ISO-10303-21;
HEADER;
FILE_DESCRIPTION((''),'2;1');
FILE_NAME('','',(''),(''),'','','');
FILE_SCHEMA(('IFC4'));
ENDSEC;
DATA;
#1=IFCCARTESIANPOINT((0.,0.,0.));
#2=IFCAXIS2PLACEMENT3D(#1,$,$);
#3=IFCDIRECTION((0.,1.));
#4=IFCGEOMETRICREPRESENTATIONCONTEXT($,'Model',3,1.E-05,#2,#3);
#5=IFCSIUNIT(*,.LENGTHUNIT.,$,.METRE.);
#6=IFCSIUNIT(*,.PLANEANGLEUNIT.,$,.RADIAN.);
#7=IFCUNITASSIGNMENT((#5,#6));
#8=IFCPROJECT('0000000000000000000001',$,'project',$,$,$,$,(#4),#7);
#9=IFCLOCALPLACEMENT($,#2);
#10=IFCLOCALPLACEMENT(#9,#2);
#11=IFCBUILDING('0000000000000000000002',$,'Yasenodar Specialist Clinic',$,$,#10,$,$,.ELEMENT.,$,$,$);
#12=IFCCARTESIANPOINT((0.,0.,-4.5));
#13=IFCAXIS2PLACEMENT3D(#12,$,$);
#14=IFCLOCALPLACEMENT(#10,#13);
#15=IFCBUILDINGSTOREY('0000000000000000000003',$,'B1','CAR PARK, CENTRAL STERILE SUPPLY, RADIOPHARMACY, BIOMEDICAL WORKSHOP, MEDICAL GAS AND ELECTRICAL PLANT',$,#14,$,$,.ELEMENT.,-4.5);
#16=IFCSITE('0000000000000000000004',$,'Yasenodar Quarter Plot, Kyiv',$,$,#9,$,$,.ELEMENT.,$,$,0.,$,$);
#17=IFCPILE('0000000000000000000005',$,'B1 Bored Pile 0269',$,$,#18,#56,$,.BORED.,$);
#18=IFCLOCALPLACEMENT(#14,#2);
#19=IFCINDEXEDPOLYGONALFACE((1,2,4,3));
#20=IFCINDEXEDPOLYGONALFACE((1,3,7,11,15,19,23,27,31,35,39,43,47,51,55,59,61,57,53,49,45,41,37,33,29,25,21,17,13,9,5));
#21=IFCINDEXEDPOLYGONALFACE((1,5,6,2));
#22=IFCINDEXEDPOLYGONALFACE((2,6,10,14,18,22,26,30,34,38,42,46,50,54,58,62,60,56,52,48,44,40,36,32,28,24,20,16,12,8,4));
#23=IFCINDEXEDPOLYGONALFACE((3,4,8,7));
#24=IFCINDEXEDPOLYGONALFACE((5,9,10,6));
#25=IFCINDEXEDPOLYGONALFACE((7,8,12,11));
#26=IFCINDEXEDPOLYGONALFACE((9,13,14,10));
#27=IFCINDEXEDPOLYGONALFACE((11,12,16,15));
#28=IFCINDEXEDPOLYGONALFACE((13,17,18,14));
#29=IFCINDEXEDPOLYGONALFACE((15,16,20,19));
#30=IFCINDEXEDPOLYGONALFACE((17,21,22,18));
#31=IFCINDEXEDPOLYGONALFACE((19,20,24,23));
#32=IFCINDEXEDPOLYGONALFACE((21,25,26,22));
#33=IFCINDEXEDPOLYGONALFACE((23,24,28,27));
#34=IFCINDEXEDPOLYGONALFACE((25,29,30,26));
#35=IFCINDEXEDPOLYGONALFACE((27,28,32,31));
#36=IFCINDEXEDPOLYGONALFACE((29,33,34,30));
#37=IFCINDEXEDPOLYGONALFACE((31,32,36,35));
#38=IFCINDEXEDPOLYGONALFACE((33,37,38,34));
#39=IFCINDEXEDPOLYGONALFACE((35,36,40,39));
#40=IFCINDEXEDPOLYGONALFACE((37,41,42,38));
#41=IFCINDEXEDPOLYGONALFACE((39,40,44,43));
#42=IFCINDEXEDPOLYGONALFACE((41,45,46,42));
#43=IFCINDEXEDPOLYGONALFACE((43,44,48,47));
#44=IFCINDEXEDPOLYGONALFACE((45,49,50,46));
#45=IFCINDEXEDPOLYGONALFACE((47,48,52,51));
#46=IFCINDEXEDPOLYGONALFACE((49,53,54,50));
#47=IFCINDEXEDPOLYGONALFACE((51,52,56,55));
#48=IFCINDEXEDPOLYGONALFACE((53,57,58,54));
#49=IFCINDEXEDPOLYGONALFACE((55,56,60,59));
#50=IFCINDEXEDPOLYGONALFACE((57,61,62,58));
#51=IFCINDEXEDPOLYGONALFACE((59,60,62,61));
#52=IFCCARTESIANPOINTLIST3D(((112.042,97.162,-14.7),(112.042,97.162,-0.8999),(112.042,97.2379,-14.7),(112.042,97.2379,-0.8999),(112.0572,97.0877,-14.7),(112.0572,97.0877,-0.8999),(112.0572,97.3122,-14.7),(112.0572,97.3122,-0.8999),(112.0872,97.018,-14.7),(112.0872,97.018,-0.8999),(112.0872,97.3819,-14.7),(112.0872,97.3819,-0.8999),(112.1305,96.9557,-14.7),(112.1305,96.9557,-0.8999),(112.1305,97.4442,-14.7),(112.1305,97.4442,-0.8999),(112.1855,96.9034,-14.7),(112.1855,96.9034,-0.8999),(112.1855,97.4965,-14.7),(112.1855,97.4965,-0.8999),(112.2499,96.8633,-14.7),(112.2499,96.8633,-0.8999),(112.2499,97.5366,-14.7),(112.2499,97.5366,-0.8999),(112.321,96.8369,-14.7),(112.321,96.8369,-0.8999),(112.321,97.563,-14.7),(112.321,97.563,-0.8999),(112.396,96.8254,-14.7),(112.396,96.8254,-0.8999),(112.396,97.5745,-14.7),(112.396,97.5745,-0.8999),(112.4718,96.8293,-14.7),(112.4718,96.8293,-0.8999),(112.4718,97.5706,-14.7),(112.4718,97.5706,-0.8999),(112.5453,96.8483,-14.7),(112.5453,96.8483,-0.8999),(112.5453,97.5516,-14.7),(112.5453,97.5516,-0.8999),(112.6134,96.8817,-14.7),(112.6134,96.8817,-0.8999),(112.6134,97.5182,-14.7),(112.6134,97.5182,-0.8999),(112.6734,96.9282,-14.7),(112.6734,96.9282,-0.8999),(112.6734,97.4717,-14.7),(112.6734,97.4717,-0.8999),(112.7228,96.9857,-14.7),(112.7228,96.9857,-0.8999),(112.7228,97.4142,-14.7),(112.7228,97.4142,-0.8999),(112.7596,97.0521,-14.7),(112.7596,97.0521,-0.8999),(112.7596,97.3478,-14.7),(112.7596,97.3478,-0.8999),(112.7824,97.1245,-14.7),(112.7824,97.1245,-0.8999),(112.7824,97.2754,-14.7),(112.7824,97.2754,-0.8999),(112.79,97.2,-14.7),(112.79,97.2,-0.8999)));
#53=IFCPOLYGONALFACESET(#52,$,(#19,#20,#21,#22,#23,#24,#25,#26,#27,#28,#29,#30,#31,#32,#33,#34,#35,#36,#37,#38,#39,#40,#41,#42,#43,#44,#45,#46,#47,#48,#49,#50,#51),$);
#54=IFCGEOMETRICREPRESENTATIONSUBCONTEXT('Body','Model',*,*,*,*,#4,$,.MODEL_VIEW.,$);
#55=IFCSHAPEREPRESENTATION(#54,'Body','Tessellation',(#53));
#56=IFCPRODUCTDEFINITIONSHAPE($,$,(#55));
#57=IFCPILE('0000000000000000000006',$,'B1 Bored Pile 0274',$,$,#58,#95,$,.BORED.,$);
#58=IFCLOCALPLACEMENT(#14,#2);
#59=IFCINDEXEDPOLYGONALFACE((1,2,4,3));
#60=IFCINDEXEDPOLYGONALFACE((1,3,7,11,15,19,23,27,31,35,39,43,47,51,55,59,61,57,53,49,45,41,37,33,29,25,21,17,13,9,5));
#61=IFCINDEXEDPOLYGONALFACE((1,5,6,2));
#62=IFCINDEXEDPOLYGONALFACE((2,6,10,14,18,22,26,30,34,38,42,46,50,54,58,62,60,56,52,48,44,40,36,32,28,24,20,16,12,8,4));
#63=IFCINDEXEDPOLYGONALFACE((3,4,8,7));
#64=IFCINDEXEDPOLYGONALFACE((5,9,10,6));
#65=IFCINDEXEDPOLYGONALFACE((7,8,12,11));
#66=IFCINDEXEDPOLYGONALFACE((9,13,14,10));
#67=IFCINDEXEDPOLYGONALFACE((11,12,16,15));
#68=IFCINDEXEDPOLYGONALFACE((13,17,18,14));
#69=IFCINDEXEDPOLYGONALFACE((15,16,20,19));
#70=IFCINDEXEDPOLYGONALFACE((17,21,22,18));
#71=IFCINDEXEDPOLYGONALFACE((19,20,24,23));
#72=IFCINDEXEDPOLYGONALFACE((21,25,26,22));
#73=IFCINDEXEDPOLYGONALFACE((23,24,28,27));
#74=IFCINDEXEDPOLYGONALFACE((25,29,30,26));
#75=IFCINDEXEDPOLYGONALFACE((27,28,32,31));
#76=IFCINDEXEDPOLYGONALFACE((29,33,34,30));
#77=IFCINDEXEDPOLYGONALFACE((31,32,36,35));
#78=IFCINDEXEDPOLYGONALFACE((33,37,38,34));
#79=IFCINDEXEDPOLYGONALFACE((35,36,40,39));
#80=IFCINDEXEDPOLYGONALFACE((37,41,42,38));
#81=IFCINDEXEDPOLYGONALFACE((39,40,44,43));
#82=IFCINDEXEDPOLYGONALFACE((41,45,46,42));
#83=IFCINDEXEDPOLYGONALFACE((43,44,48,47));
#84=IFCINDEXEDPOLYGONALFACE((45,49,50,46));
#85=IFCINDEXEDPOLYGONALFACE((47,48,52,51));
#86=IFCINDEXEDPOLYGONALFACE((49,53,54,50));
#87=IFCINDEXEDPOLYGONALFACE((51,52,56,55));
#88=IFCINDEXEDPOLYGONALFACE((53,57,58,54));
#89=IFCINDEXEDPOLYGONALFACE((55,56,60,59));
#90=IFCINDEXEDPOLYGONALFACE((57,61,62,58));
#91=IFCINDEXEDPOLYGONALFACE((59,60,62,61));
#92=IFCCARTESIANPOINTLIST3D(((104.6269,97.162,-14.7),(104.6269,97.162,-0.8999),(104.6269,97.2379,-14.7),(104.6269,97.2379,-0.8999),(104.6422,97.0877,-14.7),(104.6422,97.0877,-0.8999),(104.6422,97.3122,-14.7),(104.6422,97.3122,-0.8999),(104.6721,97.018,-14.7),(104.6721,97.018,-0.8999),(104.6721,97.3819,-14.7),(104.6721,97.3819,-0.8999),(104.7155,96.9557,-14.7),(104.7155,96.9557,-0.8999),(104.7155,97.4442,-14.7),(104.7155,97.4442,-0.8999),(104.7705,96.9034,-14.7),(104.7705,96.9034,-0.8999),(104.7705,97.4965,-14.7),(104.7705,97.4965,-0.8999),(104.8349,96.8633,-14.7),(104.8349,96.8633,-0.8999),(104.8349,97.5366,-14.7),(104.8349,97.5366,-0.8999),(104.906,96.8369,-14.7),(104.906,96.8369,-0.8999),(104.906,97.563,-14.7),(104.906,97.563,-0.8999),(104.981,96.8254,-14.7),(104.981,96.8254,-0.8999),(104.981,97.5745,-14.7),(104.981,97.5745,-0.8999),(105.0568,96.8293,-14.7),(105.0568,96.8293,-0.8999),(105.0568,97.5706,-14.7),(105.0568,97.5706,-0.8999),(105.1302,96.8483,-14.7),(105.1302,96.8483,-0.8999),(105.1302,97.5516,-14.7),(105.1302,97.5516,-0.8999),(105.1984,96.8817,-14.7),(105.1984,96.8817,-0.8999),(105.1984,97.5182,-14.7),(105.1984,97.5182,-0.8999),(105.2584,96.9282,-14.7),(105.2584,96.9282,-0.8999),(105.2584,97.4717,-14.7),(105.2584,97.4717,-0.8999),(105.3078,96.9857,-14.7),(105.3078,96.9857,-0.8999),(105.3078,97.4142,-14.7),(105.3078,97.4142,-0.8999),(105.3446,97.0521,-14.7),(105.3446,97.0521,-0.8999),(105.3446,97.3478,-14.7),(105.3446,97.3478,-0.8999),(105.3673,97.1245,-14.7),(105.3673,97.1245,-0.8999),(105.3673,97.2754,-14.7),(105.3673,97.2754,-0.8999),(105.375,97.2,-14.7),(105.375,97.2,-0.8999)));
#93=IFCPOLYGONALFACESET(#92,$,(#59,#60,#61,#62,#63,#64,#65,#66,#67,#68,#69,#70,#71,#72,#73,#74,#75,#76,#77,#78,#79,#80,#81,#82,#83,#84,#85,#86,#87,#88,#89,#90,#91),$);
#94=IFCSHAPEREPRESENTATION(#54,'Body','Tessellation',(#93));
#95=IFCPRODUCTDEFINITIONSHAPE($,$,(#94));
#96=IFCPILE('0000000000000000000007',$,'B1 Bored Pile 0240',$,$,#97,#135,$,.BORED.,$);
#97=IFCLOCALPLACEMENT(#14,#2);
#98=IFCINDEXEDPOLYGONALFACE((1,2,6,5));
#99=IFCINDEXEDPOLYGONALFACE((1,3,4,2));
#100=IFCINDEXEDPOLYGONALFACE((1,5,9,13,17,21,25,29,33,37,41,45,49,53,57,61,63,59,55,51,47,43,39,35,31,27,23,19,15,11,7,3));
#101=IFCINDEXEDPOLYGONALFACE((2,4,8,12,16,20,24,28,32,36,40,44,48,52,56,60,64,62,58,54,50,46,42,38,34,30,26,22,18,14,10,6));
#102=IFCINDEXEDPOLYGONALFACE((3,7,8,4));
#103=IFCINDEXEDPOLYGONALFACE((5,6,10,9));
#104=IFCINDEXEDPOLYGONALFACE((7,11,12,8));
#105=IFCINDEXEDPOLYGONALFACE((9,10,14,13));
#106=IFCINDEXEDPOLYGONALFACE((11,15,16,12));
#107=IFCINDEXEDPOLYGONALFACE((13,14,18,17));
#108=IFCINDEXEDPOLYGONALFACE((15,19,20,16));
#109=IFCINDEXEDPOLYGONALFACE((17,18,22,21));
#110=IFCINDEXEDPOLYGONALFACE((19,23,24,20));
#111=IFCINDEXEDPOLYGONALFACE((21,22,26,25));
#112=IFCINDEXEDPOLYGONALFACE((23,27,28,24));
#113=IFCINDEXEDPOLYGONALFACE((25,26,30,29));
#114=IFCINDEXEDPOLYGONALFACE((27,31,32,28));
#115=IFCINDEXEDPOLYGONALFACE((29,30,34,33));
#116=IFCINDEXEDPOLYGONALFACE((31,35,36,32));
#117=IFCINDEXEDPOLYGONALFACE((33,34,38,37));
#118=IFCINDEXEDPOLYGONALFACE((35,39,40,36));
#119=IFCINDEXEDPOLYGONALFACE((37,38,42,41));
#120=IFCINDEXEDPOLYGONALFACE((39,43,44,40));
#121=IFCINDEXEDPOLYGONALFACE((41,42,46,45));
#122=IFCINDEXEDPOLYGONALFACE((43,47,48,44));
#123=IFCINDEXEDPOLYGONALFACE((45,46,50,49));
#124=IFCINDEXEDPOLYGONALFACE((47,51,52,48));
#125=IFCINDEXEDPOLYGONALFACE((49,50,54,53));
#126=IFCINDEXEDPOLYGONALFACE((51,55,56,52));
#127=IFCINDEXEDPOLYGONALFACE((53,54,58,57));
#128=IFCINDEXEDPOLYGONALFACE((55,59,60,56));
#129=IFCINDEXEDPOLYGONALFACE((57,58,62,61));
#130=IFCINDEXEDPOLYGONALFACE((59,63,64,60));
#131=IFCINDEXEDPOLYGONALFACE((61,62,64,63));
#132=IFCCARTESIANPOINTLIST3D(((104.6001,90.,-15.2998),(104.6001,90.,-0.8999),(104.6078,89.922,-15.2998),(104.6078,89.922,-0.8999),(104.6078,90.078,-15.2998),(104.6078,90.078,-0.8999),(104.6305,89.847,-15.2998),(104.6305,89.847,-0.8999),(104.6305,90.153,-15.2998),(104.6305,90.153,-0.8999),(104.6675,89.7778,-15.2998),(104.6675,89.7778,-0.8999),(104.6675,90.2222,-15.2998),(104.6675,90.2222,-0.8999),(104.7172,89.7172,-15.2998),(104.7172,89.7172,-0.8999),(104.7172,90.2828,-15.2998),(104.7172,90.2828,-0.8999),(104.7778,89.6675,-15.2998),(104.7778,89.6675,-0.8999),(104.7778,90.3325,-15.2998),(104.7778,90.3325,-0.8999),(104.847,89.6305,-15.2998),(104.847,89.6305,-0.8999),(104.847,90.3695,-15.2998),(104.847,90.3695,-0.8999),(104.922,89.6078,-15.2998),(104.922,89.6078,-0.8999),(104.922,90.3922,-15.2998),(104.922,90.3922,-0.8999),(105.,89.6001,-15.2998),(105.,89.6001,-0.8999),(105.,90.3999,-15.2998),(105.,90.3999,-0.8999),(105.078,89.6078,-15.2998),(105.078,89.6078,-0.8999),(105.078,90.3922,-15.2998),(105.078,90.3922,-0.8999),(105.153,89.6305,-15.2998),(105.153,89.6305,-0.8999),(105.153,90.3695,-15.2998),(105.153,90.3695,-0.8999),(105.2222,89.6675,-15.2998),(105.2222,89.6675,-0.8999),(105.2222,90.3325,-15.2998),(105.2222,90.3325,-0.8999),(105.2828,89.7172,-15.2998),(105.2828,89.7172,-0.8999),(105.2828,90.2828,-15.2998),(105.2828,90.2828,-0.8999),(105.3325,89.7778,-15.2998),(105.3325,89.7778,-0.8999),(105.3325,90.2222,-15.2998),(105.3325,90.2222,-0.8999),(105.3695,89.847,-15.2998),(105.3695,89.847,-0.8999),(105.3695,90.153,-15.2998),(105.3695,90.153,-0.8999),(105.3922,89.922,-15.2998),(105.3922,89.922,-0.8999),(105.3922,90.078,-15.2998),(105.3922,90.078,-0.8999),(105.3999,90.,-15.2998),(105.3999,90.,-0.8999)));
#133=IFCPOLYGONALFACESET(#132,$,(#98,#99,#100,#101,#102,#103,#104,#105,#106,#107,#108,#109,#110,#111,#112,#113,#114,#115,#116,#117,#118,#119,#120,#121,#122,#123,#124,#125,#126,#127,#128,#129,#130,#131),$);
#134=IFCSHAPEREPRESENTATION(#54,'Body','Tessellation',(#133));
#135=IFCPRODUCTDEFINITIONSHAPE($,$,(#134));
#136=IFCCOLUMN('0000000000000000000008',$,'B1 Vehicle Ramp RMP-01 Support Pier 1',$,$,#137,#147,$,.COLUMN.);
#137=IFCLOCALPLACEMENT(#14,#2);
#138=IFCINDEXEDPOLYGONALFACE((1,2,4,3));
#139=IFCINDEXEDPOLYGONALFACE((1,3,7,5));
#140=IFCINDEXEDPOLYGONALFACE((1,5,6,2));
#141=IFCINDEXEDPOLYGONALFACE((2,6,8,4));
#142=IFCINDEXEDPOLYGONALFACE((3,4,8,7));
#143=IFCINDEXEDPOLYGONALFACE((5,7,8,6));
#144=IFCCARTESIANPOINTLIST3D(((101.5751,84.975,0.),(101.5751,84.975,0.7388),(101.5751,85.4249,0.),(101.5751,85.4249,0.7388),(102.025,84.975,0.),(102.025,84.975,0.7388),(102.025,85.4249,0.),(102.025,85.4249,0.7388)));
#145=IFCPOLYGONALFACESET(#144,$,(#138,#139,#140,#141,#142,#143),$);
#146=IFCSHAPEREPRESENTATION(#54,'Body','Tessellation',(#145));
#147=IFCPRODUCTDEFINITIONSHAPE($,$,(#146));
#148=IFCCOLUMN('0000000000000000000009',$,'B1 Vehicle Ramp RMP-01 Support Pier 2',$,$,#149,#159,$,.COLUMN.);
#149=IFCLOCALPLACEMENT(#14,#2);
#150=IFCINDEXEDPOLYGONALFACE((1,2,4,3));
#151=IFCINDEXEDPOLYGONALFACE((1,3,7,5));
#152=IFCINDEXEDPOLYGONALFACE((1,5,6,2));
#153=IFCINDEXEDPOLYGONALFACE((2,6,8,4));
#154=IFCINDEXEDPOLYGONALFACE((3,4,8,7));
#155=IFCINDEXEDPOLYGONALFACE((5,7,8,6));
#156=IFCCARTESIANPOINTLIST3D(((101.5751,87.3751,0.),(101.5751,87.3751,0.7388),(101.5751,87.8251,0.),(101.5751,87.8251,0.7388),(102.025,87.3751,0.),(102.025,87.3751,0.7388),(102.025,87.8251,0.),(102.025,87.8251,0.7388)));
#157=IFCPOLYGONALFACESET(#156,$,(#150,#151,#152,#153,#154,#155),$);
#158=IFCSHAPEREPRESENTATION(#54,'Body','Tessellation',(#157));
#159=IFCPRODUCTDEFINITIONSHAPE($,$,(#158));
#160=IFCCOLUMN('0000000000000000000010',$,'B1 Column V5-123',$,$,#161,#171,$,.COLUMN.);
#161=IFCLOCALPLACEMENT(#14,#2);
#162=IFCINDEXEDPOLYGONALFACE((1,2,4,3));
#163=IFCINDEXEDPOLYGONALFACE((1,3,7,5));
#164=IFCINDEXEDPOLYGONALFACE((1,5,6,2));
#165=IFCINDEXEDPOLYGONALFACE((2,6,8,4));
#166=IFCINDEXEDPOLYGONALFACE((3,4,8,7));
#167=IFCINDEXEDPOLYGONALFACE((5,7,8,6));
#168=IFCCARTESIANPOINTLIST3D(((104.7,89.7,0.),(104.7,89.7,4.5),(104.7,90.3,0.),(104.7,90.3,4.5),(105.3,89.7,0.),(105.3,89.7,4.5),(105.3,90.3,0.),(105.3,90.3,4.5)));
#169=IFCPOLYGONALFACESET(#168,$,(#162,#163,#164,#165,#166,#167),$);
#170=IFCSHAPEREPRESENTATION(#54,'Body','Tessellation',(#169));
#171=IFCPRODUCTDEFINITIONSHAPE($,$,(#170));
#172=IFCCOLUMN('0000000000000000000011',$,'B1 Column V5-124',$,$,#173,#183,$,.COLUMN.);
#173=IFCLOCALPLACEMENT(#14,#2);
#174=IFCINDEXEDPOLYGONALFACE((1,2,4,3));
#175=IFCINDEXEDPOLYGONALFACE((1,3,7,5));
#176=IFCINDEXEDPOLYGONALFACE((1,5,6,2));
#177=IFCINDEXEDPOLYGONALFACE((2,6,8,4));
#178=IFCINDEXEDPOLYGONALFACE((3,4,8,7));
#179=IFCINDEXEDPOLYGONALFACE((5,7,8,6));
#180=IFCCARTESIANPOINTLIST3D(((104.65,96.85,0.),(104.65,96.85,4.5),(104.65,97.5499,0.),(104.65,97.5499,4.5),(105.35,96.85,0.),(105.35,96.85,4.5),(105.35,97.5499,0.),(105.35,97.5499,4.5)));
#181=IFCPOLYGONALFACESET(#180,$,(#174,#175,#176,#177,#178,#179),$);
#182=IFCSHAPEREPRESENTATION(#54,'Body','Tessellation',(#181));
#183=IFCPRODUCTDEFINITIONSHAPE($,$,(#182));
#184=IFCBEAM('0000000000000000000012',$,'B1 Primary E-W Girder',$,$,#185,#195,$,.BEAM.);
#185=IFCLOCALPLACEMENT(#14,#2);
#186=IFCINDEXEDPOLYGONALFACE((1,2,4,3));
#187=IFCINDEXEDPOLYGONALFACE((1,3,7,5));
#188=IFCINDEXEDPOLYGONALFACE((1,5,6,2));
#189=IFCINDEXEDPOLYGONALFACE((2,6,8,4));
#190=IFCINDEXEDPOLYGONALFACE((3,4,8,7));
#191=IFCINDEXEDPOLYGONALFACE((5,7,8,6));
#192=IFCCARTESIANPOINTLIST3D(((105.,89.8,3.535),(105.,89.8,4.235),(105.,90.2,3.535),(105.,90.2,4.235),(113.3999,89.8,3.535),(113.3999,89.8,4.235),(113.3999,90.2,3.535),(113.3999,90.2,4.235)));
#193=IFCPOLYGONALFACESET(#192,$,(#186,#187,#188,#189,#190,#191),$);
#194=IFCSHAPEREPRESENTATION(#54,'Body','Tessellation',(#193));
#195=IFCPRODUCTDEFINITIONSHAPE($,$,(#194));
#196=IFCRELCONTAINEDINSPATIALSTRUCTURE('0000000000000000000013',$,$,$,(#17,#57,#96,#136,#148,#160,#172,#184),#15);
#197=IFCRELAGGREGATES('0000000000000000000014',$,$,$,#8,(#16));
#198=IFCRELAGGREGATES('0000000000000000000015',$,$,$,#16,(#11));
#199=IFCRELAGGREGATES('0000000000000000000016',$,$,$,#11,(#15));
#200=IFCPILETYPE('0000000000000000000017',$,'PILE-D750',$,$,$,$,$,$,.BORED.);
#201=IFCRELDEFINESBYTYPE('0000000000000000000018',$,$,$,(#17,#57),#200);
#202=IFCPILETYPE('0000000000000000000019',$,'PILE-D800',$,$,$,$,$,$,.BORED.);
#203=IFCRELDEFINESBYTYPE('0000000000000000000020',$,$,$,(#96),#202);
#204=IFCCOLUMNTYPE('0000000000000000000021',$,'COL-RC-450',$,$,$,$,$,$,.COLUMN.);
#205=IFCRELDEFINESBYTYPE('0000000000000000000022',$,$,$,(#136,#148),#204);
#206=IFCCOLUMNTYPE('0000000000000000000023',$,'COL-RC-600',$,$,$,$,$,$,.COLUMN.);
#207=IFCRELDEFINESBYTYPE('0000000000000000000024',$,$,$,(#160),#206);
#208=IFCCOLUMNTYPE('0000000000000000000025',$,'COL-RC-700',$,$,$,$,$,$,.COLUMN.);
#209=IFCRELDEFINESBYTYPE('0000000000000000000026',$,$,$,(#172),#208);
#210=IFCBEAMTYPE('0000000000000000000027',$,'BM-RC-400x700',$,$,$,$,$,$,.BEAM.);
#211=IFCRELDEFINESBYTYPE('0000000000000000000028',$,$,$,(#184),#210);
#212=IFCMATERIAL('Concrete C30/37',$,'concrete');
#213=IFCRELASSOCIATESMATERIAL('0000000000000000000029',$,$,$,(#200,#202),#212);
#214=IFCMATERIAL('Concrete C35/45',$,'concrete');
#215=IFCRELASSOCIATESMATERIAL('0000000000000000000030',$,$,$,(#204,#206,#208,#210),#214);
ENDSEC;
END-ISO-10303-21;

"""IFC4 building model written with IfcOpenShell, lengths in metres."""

from ifc_helpers import new_model, si_unit, direction, frame, origin, origin_2d, place, context, subcontext, project, spatial, rectangle, circle, extrude, material, material_profile, profile_set, type_object, element, save


model = new_model("IFC4")

# Units and contexts
model_context = context("Model", 3, precision=1e-05, world=origin(), true_north=direction((0.0, 1.0)))
body_context = subcontext(model_context, "Body", "Model", "MODEL_VIEW")
ifc_project = project(units=[si_unit("LENGTHUNIT", "METRE"), si_unit("PLANEANGLEUNIT", "RADIAN")], contexts=[model_context])

# Site, building, storey
site_placement = place(None, origin())
site = spatial("IfcSite", under=ifc_project, at=site_placement, Name="Yasenodar Quarter Plot, Kyiv", CompositionType="ELEMENT", RefElevation=0.0)
building_placement = place(site_placement, origin())
building = spatial("IfcBuilding", under=site, at=building_placement, Name="Yasenodar Specialist Clinic", CompositionType="ELEMENT")
storey_placement = place(building_placement, frame((0.0, 0.0, -4.5)))
storey = spatial("IfcBuildingStorey", under=building, at=storey_placement, Name="B1", Description="CAR PARK, CENTRAL STERILE SUPPLY, RADIOPHARMACY, BIOMEDICAL WORKSHOP, MEDICAL GAS AND ELECTRICAL PLANT", CompositionType="ELEMENT", Elevation=-4.5)

# Shared definitions
ifc_material_1 = material(Name="Concrete C35/45", Category="concrete")

# Piles
ifc_material_2 = material(Name="Concrete C30/37", Category="concrete")
ifc_material_profile_1 = material_profile(ifc_material_2, circle(Radius=0.375, at=origin_2d()), Name="PILE D750")
ifc_profile_set_1 = profile_set([ifc_material_profile_1], Name="Concrete C30/37")
pile_type_1 = type_object("IfcPileType", Name="PILE-D750", PredefinedType="BORED", material=ifc_profile_set_1)
for number, where, z_axis, x_axis, name in (
    (1, (112.415, 97.2, -0.8999), (0.0, 0.0, -1.0), (1.0, 0.0, 0.0), "B1 Bored Pile 0269"),
    (2, (105.0, 97.2, -0.8999), (0.0, 0.0, -1.0), (1.0, 0.0, 0.0), "B1 Bored Pile 0274"),
):
    element("IfcPile", number, at=place(storey_placement, frame(where, z_axis=z_axis, x_axis=x_axis)), inside=storey, type_object=pile_type_1, Name=name, PredefinedType="BORED", context=body_context, shape_type="SweptSolid", body=[
        extrude(circle(Radius=0.375, at=origin_2d()), origin(), (0.0, 0.0, 1.0), 13.8),
    ])
ifc_material_profile_2 = material_profile(ifc_material_2, circle(Radius=0.3999, at=origin_2d()), Name="PILE D800")
ifc_profile_set_2 = profile_set([ifc_material_profile_2], Name="Concrete C30/37")
pile_type_2 = type_object("IfcPileType", Name="PILE-D800", PredefinedType="BORED", material=ifc_profile_set_2)
pile_placement = place(storey_placement, frame((105.0, 90.0, -0.8999), z_axis=(0.0, 0.0, -1.0), x_axis=(1.0, 0.0, 0.0)))
element("IfcPile", 3, at=pile_placement, inside=storey, type_object=pile_type_2, Name="B1 Bored Pile 0240", PredefinedType="BORED", context=body_context, shape_type="SweptSolid", body=[
    extrude(circle(Radius=0.3999, at=origin_2d()), origin(), (0.0, 0.0, 1.0), 14.3999),
])

# Columns
ifc_material_profile_3 = material_profile(ifc_material_1, rectangle(XDim=0.45, YDim=0.45, at=origin_2d()), Name="RC 450x450")
ifc_profile_set_3 = profile_set([ifc_material_profile_3], Name="Concrete C35/45")
column_type_1 = type_object("IfcColumnType", Name="COL-RC-450", PredefinedType="COLUMN", material=ifc_profile_set_3)
for number, where, z_axis, x_axis, name in (
    (4, (101.8, 85.2, 0.0), (0.0, 0.0, 1.0), (1.0, 0.0, 0.0), "B1 Vehicle Ramp RMP-01 Support Pier 1"),
    (5, (101.8, 87.6001, 0.0), (0.0, 0.0, 1.0), (1.0, 0.0, 0.0), "B1 Vehicle Ramp RMP-01 Support Pier 2"),
):
    element("IfcColumn", number, at=place(storey_placement, frame(where, z_axis=z_axis, x_axis=x_axis)), inside=storey, type_object=column_type_1, Name=name, PredefinedType="COLUMN", context=body_context, shape_type="SweptSolid", body=[
        extrude(rectangle(XDim=0.45, YDim=0.45, at=origin_2d()), origin(), (0.0, 0.0, 1.0), 0.7388),
    ])
ifc_material_profile_4 = material_profile(ifc_material_1, rectangle(XDim=0.6001, YDim=0.6001, at=origin_2d()), Name="RC 600x600")
ifc_profile_set_4 = profile_set([ifc_material_profile_4], Name="Concrete C35/45")
column_type_2 = type_object("IfcColumnType", Name="COL-RC-600", PredefinedType="COLUMN", material=ifc_profile_set_4)
column_1_placement = place(storey_placement, frame((105.0, 90.0, 0.0), z_axis=(0.0, 0.0, 1.0), x_axis=(1.0, 0.0, 0.0)))
element("IfcColumn", 6, at=column_1_placement, inside=storey, type_object=column_type_2, Name="B1 Column V5-123", PredefinedType="COLUMN", context=body_context, shape_type="SweptSolid", body=[
    extrude(rectangle(XDim=0.6001, YDim=0.6001, at=origin_2d()), origin(), (0.0, 0.0, 1.0), 4.5),
])
ifc_material_profile_5 = material_profile(ifc_material_1, rectangle(XDim=0.7, YDim=0.7, at=origin_2d()), Name="RC 700x700")
ifc_profile_set_5 = profile_set([ifc_material_profile_5], Name="Concrete C35/45")
column_type_3 = type_object("IfcColumnType", Name="COL-RC-700", PredefinedType="COLUMN", material=ifc_profile_set_5)
column_2_placement = place(storey_placement, frame((105.0, 97.2, 0.0), z_axis=(0.0, 0.0, 1.0), x_axis=(1.0, 0.0, 0.0)))
element("IfcColumn", 7, at=column_2_placement, inside=storey, type_object=column_type_3, Name="B1 Column V5-124", PredefinedType="COLUMN", context=body_context, shape_type="SweptSolid", body=[
    extrude(rectangle(XDim=0.7, YDim=0.7, at=origin_2d()), origin(), (0.0, 0.0, 1.0), 4.5),
])

# Beam
ifc_material_profile_6 = material_profile(ifc_material_1, rectangle(XDim=0.3999, YDim=0.7, at=origin_2d()), Name="RC 400x700")
ifc_profile_set_6 = profile_set([ifc_material_profile_6], Name="Concrete C35/45")
beam_type_1 = type_object("IfcBeamType", Name="BM-RC-400x700", PredefinedType="BEAM", material=ifc_profile_set_6)
for number, where, z_axis, x_axis, name in (
    (8, (105.0, 90.0, 3.885), (1.0, 0.0, 0.0), (0.0, 1.0, 0.0), "B1 Primary E-W Girder"),
):
    element("IfcBeam", number, at=place(storey_placement, frame(where, z_axis=z_axis, x_axis=x_axis)), inside=storey, type_object=beam_type_1, Name=name, PredefinedType="BEAM", context=body_context, shape_type="SweptSolid", body=[
        extrude(rectangle(XDim=0.3999, YDim=0.7, at=origin_2d()), origin(), (0.0, 0.0, 1.0), 8.3999),
    ])

save(model, "model.ifc")
